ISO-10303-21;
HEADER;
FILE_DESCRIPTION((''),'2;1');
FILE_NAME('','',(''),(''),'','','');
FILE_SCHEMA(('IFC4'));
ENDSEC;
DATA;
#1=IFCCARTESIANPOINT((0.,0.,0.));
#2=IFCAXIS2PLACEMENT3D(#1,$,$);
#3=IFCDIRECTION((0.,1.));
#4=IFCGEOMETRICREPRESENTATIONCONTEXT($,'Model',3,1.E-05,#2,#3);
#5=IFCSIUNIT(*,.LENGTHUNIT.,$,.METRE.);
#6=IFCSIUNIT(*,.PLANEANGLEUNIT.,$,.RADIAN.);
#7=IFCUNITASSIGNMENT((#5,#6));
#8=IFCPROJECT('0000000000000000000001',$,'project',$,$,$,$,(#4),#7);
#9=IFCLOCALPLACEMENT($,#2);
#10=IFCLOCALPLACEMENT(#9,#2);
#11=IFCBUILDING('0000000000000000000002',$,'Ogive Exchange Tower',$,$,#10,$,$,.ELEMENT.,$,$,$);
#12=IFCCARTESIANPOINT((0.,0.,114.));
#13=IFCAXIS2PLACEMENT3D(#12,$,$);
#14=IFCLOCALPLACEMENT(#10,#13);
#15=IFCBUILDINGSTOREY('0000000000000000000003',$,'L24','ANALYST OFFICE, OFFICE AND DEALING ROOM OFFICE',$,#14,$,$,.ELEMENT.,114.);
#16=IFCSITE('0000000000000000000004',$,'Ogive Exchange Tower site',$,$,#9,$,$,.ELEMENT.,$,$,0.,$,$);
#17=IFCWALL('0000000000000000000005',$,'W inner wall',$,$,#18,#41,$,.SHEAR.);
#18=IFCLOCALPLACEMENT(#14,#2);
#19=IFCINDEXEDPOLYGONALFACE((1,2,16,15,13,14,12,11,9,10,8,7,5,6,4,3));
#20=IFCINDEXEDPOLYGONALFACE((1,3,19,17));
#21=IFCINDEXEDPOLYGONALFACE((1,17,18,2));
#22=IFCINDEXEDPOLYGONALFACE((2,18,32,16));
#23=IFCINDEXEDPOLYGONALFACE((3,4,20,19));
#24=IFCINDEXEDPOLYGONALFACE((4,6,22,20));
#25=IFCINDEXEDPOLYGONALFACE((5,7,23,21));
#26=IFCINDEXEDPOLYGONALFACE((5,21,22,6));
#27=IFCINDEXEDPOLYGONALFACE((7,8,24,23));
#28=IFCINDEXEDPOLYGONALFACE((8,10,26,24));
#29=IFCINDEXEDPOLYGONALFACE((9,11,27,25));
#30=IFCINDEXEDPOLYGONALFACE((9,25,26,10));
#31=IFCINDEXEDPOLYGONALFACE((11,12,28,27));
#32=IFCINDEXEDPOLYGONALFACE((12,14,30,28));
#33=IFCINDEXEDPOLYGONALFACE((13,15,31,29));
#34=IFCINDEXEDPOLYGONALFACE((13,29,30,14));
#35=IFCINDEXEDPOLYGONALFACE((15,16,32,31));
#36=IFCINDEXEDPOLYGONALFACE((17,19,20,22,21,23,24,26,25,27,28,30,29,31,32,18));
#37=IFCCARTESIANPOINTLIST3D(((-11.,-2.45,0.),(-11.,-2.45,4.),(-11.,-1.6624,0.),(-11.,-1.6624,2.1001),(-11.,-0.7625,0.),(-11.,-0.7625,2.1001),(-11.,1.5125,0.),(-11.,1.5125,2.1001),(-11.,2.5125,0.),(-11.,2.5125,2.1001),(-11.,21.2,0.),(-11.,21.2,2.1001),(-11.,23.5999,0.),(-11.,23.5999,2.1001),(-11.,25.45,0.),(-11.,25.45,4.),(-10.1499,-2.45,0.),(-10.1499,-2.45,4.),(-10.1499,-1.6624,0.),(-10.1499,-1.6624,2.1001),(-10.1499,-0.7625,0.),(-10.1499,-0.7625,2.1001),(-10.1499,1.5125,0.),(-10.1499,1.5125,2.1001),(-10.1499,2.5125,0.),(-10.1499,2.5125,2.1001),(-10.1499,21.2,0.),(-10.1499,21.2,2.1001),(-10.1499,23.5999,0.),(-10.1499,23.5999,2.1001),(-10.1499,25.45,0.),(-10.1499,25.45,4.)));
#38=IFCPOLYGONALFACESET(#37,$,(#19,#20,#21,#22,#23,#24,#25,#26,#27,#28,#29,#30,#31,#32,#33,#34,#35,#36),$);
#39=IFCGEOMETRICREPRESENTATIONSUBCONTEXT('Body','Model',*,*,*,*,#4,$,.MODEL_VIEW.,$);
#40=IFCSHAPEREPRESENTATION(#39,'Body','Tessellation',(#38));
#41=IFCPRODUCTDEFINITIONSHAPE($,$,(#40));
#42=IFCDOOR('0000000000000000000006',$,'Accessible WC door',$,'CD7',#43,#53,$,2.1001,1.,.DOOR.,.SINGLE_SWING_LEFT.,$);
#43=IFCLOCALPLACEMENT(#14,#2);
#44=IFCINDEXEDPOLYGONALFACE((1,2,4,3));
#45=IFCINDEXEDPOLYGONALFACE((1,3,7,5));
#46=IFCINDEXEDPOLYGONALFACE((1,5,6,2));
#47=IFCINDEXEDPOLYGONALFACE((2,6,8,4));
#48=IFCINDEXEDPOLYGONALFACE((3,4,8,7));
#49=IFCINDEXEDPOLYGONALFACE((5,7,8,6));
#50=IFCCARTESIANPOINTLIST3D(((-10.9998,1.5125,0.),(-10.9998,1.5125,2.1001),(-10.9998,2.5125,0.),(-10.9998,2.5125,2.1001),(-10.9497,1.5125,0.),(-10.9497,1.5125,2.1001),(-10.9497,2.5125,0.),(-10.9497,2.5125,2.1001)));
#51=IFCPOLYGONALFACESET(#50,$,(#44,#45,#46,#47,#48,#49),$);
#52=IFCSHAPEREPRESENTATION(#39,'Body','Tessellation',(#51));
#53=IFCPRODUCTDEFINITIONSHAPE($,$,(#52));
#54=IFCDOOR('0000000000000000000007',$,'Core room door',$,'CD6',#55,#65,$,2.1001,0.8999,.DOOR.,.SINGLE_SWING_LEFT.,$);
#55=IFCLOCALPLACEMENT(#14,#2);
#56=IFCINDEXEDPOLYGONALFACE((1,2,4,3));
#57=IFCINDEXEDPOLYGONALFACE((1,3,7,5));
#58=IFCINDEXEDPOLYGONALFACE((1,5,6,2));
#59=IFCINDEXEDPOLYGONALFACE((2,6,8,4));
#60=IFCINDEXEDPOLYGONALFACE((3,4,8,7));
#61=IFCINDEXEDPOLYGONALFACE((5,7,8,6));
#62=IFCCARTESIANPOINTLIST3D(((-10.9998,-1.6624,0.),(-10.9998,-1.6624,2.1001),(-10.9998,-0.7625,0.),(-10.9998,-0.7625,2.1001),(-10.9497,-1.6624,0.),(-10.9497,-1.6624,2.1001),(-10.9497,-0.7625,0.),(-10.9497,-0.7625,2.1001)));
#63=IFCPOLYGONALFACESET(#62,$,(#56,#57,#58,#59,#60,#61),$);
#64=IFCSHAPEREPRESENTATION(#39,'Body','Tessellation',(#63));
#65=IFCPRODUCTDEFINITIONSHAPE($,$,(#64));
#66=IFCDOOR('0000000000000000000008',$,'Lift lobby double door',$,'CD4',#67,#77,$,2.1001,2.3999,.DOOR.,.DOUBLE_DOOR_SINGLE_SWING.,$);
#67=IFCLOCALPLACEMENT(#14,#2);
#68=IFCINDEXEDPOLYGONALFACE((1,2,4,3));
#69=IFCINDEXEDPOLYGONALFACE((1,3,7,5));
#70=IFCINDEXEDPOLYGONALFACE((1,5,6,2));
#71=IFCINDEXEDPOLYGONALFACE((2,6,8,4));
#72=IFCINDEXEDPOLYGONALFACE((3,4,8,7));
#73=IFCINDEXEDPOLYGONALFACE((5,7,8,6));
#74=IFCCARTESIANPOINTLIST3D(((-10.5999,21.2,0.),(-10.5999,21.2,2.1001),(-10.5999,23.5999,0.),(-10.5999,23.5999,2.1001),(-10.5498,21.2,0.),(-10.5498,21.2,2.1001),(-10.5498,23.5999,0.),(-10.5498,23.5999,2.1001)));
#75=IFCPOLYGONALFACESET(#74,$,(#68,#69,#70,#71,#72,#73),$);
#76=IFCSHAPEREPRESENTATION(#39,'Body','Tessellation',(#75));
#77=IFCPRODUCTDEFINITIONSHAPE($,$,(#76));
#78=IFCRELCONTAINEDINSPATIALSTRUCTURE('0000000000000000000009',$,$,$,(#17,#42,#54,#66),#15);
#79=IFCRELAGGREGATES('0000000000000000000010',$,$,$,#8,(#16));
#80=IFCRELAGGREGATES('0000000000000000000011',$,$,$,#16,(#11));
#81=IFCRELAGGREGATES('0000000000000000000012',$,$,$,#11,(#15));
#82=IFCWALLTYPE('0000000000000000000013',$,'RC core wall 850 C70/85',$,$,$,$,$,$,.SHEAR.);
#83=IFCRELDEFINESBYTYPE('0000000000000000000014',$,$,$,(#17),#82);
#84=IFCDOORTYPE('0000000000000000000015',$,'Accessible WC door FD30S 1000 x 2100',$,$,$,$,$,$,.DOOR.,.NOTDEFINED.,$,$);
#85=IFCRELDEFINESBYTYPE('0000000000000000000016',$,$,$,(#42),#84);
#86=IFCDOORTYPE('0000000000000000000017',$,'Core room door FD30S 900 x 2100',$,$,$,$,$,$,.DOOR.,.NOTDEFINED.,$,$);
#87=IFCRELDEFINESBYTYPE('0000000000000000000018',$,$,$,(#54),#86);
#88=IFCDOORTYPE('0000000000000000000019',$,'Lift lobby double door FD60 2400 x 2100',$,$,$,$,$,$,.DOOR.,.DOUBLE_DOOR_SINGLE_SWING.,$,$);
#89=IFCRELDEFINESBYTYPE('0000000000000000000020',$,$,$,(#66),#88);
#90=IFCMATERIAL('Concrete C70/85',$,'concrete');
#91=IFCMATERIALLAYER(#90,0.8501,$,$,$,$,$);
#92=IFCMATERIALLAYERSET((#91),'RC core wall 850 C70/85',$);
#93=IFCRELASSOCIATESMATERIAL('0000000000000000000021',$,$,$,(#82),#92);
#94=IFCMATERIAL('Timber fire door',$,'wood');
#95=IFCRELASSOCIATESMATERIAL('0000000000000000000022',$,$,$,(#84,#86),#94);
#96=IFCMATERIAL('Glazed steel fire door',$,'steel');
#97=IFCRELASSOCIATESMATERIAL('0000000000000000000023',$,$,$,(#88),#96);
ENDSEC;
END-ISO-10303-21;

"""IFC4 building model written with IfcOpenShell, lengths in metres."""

from ifc_helpers import new_model, si_unit, direction, frame, frame_2d, origin, place, context, subcontext, project, spatial, rectangle, extrude, material, layer, layer_set, type_object, element, fill, save


model = new_model("IFC4")

# Units and contexts
model_context = context("Model", 3, precision=1e-05, world=origin(), true_north=direction((0.0, 1.0)))
body_context = subcontext(model_context, "Body", "Model", "MODEL_VIEW")
ifc_project = project(units=[si_unit("LENGTHUNIT", "METRE"), si_unit("PLANEANGLEUNIT", "RADIAN")], contexts=[model_context])

# Site, building, storey
site_placement = place(None, origin())
site = spatial("IfcSite", under=ifc_project, at=site_placement, Name="Ogive Exchange Tower site", CompositionType="ELEMENT", RefElevation=0.0)
building_placement = place(site_placement, origin())
building = spatial("IfcBuilding", under=site, at=building_placement, Name="Ogive Exchange Tower", CompositionType="ELEMENT")
storey_placement = place(building_placement, frame((0.0, 0.0, 114.0)))
storey = spatial("IfcBuildingStorey", under=building, at=storey_placement, Name="L24", Description="ANALYST OFFICE, OFFICE AND DEALING ROOM OFFICE", CompositionType="ELEMENT", Elevation=114.0)

# Shared definitions
ifc_material_1 = material(Name="Concrete C70/85", Category="concrete")

# Wall, openings, doors
ifc_layer_1 = layer(ifc_material_1, 0.8501)
ifc_layer_set_1 = layer_set([ifc_layer_1], Name="RC core wall 850 C70/85")
wall_type_1 = type_object("IfcWallType", Name="RC core wall 850 C70/85", PredefinedType="SHEAR", material=ifc_layer_set_1)
wall_1_placement = place(storey_placement, frame((-10.575, -2.45, 0.0), z_axis=(0.0, 0.0, 1.0), x_axis=(0.0, 1.0, 0.0)))
wall_1 = element("IfcWall", 1, at=wall_1_placement, inside=storey, type_object=wall_type_1, Name="W inner wall", PredefinedType="SHEAR", context=body_context, shape_type="SweptSolid", body=[
    extrude(rectangle(XDim=27.8999, YDim=0.8501, at=frame_2d((13.95, 0.0))), origin(), (0.0, 0.0, 1.0), 4.0),
])
opening_1_placement = place(wall_1_placement, frame((23.6499, 0.0, 0.0)))
opening_1 = element("IfcOpeningElement", 2, at=opening_1_placement, cuts=wall_1, PredefinedType="OPENING", context=body_context, shape_type="SweptSolid", body=[
    extrude(rectangle(XDim=2.3999, YDim=2.1001, at=frame_2d((1.2, 1.05))), frame((0.0, 0.4351, 0.0), z_axis=(0.0, -1.0, 0.0), x_axis=(1.0, 0.0, 0.0)), (0.0, 0.0, 1.0), 0.8701),
])
opening_2_placement = place(wall_1_placement, frame((0.7876, 0.0, 0.0)))
opening_2 = element("IfcOpeningElement", 3, at=opening_2_placement, cuts=wall_1, PredefinedType="OPENING", context=body_context, shape_type="SweptSolid", body=[
    extrude(rectangle(XDim=0.8999, YDim=2.1001, at=frame_2d((0.45, 1.05))), frame((0.0, 0.4351, 0.0), z_axis=(0.0, -1.0, 0.0), x_axis=(1.0, 0.0, 0.0)), (0.0, 0.0, 1.0), 0.8701),
])
opening_3_placement = place(wall_1_placement, frame((3.9624, 0.0, 0.0)))
opening_3 = element("IfcOpeningElement", 4, at=opening_3_placement, cuts=wall_1, PredefinedType="OPENING", context=body_context, shape_type="SweptSolid", body=[
    extrude(rectangle(XDim=1.0, YDim=2.1001, at=frame_2d((0.5, 1.05))), frame((0.0, 0.4351, 0.0), z_axis=(0.0, -1.0, 0.0), x_axis=(1.0, 0.0, 0.0)), (0.0, 0.0, 1.0), 0.8701),
])
ifc_material_2 = material(Name="Timber fire door", Category="wood")
door_type_1 = type_object("IfcDoorType", Name="Accessible WC door FD30S 1000 x 2100", OperationType="NOTDEFINED", PredefinedType="DOOR", material=ifc_material_2)
door_1_placement = place(opening_3_placement, origin())
door_1 = element("IfcDoor", 5, at=door_1_placement, inside=storey, type_object=door_type_1, Name="Accessible WC door", ObjectType="CD7", OperationType="SINGLE_SWING_LEFT", OverallHeight=2.1001, OverallWidth=1.0, PredefinedType="DOOR", context=body_context, shape_type="SweptSolid", body=[
    extrude(rectangle(XDim=1.0, YDim=2.1001, at=frame_2d((0.5, 1.05))), frame((0.0, 0.4248, 0.0), z_axis=(0.0, -1.0, 0.0), x_axis=(1.0, 0.0, 0.0)), (0.0, 0.0, 1.0), 0.05),
])
fill(opening_3, door_1)
door_type_2 = type_object("IfcDoorType", Name="Core room door FD30S 900 x 2100", OperationType="NOTDEFINED", PredefinedType="DOOR", material=ifc_material_2)
door_2_placement = place(opening_2_placement, origin())
door_2 = element("IfcDoor", 6, at=door_2_placement, inside=storey, type_object=door_type_2, Name="Core room door", ObjectType="CD6", OperationType="SINGLE_SWING_LEFT", OverallHeight=2.1001, OverallWidth=0.8999, PredefinedType="DOOR", context=body_context, shape_type="SweptSolid", body=[
    extrude(rectangle(XDim=0.8999, YDim=2.1001, at=frame_2d((0.45, 1.05))), frame((0.0, 0.4248, 0.0), z_axis=(0.0, -1.0, 0.0), x_axis=(1.0, 0.0, 0.0)), (0.0, 0.0, 1.0), 0.05),
])
fill(opening_2, door_2)
ifc_material_3 = material(Name="Glazed steel fire door", Category="steel")
door_type_3 = type_object("IfcDoorType", Name="Lift lobby double door FD60 2400 x 2100", OperationType="DOUBLE_DOOR_SINGLE_SWING", PredefinedType="DOOR", material=ifc_material_3)
door_3_placement = place(opening_1_placement, origin())
door_3 = element("IfcDoor", 7, at=door_3_placement, inside=storey, type_object=door_type_3, Name="Lift lobby double door", ObjectType="CD4", OperationType="DOUBLE_DOOR_SINGLE_SWING", OverallHeight=2.1001, OverallWidth=2.3999, PredefinedType="DOOR", context=body_context, shape_type="SweptSolid", body=[
    extrude(rectangle(XDim=2.3999, YDim=2.1001, at=frame_2d((1.2, 1.05))), frame((0.0, 0.0249, 0.0), z_axis=(0.0, -1.0, 0.0), x_axis=(1.0, 0.0, 0.0)), (0.0, 0.0, 1.0), 0.05),
])
fill(opening_1, door_3)

save(model, "model.ifc")
